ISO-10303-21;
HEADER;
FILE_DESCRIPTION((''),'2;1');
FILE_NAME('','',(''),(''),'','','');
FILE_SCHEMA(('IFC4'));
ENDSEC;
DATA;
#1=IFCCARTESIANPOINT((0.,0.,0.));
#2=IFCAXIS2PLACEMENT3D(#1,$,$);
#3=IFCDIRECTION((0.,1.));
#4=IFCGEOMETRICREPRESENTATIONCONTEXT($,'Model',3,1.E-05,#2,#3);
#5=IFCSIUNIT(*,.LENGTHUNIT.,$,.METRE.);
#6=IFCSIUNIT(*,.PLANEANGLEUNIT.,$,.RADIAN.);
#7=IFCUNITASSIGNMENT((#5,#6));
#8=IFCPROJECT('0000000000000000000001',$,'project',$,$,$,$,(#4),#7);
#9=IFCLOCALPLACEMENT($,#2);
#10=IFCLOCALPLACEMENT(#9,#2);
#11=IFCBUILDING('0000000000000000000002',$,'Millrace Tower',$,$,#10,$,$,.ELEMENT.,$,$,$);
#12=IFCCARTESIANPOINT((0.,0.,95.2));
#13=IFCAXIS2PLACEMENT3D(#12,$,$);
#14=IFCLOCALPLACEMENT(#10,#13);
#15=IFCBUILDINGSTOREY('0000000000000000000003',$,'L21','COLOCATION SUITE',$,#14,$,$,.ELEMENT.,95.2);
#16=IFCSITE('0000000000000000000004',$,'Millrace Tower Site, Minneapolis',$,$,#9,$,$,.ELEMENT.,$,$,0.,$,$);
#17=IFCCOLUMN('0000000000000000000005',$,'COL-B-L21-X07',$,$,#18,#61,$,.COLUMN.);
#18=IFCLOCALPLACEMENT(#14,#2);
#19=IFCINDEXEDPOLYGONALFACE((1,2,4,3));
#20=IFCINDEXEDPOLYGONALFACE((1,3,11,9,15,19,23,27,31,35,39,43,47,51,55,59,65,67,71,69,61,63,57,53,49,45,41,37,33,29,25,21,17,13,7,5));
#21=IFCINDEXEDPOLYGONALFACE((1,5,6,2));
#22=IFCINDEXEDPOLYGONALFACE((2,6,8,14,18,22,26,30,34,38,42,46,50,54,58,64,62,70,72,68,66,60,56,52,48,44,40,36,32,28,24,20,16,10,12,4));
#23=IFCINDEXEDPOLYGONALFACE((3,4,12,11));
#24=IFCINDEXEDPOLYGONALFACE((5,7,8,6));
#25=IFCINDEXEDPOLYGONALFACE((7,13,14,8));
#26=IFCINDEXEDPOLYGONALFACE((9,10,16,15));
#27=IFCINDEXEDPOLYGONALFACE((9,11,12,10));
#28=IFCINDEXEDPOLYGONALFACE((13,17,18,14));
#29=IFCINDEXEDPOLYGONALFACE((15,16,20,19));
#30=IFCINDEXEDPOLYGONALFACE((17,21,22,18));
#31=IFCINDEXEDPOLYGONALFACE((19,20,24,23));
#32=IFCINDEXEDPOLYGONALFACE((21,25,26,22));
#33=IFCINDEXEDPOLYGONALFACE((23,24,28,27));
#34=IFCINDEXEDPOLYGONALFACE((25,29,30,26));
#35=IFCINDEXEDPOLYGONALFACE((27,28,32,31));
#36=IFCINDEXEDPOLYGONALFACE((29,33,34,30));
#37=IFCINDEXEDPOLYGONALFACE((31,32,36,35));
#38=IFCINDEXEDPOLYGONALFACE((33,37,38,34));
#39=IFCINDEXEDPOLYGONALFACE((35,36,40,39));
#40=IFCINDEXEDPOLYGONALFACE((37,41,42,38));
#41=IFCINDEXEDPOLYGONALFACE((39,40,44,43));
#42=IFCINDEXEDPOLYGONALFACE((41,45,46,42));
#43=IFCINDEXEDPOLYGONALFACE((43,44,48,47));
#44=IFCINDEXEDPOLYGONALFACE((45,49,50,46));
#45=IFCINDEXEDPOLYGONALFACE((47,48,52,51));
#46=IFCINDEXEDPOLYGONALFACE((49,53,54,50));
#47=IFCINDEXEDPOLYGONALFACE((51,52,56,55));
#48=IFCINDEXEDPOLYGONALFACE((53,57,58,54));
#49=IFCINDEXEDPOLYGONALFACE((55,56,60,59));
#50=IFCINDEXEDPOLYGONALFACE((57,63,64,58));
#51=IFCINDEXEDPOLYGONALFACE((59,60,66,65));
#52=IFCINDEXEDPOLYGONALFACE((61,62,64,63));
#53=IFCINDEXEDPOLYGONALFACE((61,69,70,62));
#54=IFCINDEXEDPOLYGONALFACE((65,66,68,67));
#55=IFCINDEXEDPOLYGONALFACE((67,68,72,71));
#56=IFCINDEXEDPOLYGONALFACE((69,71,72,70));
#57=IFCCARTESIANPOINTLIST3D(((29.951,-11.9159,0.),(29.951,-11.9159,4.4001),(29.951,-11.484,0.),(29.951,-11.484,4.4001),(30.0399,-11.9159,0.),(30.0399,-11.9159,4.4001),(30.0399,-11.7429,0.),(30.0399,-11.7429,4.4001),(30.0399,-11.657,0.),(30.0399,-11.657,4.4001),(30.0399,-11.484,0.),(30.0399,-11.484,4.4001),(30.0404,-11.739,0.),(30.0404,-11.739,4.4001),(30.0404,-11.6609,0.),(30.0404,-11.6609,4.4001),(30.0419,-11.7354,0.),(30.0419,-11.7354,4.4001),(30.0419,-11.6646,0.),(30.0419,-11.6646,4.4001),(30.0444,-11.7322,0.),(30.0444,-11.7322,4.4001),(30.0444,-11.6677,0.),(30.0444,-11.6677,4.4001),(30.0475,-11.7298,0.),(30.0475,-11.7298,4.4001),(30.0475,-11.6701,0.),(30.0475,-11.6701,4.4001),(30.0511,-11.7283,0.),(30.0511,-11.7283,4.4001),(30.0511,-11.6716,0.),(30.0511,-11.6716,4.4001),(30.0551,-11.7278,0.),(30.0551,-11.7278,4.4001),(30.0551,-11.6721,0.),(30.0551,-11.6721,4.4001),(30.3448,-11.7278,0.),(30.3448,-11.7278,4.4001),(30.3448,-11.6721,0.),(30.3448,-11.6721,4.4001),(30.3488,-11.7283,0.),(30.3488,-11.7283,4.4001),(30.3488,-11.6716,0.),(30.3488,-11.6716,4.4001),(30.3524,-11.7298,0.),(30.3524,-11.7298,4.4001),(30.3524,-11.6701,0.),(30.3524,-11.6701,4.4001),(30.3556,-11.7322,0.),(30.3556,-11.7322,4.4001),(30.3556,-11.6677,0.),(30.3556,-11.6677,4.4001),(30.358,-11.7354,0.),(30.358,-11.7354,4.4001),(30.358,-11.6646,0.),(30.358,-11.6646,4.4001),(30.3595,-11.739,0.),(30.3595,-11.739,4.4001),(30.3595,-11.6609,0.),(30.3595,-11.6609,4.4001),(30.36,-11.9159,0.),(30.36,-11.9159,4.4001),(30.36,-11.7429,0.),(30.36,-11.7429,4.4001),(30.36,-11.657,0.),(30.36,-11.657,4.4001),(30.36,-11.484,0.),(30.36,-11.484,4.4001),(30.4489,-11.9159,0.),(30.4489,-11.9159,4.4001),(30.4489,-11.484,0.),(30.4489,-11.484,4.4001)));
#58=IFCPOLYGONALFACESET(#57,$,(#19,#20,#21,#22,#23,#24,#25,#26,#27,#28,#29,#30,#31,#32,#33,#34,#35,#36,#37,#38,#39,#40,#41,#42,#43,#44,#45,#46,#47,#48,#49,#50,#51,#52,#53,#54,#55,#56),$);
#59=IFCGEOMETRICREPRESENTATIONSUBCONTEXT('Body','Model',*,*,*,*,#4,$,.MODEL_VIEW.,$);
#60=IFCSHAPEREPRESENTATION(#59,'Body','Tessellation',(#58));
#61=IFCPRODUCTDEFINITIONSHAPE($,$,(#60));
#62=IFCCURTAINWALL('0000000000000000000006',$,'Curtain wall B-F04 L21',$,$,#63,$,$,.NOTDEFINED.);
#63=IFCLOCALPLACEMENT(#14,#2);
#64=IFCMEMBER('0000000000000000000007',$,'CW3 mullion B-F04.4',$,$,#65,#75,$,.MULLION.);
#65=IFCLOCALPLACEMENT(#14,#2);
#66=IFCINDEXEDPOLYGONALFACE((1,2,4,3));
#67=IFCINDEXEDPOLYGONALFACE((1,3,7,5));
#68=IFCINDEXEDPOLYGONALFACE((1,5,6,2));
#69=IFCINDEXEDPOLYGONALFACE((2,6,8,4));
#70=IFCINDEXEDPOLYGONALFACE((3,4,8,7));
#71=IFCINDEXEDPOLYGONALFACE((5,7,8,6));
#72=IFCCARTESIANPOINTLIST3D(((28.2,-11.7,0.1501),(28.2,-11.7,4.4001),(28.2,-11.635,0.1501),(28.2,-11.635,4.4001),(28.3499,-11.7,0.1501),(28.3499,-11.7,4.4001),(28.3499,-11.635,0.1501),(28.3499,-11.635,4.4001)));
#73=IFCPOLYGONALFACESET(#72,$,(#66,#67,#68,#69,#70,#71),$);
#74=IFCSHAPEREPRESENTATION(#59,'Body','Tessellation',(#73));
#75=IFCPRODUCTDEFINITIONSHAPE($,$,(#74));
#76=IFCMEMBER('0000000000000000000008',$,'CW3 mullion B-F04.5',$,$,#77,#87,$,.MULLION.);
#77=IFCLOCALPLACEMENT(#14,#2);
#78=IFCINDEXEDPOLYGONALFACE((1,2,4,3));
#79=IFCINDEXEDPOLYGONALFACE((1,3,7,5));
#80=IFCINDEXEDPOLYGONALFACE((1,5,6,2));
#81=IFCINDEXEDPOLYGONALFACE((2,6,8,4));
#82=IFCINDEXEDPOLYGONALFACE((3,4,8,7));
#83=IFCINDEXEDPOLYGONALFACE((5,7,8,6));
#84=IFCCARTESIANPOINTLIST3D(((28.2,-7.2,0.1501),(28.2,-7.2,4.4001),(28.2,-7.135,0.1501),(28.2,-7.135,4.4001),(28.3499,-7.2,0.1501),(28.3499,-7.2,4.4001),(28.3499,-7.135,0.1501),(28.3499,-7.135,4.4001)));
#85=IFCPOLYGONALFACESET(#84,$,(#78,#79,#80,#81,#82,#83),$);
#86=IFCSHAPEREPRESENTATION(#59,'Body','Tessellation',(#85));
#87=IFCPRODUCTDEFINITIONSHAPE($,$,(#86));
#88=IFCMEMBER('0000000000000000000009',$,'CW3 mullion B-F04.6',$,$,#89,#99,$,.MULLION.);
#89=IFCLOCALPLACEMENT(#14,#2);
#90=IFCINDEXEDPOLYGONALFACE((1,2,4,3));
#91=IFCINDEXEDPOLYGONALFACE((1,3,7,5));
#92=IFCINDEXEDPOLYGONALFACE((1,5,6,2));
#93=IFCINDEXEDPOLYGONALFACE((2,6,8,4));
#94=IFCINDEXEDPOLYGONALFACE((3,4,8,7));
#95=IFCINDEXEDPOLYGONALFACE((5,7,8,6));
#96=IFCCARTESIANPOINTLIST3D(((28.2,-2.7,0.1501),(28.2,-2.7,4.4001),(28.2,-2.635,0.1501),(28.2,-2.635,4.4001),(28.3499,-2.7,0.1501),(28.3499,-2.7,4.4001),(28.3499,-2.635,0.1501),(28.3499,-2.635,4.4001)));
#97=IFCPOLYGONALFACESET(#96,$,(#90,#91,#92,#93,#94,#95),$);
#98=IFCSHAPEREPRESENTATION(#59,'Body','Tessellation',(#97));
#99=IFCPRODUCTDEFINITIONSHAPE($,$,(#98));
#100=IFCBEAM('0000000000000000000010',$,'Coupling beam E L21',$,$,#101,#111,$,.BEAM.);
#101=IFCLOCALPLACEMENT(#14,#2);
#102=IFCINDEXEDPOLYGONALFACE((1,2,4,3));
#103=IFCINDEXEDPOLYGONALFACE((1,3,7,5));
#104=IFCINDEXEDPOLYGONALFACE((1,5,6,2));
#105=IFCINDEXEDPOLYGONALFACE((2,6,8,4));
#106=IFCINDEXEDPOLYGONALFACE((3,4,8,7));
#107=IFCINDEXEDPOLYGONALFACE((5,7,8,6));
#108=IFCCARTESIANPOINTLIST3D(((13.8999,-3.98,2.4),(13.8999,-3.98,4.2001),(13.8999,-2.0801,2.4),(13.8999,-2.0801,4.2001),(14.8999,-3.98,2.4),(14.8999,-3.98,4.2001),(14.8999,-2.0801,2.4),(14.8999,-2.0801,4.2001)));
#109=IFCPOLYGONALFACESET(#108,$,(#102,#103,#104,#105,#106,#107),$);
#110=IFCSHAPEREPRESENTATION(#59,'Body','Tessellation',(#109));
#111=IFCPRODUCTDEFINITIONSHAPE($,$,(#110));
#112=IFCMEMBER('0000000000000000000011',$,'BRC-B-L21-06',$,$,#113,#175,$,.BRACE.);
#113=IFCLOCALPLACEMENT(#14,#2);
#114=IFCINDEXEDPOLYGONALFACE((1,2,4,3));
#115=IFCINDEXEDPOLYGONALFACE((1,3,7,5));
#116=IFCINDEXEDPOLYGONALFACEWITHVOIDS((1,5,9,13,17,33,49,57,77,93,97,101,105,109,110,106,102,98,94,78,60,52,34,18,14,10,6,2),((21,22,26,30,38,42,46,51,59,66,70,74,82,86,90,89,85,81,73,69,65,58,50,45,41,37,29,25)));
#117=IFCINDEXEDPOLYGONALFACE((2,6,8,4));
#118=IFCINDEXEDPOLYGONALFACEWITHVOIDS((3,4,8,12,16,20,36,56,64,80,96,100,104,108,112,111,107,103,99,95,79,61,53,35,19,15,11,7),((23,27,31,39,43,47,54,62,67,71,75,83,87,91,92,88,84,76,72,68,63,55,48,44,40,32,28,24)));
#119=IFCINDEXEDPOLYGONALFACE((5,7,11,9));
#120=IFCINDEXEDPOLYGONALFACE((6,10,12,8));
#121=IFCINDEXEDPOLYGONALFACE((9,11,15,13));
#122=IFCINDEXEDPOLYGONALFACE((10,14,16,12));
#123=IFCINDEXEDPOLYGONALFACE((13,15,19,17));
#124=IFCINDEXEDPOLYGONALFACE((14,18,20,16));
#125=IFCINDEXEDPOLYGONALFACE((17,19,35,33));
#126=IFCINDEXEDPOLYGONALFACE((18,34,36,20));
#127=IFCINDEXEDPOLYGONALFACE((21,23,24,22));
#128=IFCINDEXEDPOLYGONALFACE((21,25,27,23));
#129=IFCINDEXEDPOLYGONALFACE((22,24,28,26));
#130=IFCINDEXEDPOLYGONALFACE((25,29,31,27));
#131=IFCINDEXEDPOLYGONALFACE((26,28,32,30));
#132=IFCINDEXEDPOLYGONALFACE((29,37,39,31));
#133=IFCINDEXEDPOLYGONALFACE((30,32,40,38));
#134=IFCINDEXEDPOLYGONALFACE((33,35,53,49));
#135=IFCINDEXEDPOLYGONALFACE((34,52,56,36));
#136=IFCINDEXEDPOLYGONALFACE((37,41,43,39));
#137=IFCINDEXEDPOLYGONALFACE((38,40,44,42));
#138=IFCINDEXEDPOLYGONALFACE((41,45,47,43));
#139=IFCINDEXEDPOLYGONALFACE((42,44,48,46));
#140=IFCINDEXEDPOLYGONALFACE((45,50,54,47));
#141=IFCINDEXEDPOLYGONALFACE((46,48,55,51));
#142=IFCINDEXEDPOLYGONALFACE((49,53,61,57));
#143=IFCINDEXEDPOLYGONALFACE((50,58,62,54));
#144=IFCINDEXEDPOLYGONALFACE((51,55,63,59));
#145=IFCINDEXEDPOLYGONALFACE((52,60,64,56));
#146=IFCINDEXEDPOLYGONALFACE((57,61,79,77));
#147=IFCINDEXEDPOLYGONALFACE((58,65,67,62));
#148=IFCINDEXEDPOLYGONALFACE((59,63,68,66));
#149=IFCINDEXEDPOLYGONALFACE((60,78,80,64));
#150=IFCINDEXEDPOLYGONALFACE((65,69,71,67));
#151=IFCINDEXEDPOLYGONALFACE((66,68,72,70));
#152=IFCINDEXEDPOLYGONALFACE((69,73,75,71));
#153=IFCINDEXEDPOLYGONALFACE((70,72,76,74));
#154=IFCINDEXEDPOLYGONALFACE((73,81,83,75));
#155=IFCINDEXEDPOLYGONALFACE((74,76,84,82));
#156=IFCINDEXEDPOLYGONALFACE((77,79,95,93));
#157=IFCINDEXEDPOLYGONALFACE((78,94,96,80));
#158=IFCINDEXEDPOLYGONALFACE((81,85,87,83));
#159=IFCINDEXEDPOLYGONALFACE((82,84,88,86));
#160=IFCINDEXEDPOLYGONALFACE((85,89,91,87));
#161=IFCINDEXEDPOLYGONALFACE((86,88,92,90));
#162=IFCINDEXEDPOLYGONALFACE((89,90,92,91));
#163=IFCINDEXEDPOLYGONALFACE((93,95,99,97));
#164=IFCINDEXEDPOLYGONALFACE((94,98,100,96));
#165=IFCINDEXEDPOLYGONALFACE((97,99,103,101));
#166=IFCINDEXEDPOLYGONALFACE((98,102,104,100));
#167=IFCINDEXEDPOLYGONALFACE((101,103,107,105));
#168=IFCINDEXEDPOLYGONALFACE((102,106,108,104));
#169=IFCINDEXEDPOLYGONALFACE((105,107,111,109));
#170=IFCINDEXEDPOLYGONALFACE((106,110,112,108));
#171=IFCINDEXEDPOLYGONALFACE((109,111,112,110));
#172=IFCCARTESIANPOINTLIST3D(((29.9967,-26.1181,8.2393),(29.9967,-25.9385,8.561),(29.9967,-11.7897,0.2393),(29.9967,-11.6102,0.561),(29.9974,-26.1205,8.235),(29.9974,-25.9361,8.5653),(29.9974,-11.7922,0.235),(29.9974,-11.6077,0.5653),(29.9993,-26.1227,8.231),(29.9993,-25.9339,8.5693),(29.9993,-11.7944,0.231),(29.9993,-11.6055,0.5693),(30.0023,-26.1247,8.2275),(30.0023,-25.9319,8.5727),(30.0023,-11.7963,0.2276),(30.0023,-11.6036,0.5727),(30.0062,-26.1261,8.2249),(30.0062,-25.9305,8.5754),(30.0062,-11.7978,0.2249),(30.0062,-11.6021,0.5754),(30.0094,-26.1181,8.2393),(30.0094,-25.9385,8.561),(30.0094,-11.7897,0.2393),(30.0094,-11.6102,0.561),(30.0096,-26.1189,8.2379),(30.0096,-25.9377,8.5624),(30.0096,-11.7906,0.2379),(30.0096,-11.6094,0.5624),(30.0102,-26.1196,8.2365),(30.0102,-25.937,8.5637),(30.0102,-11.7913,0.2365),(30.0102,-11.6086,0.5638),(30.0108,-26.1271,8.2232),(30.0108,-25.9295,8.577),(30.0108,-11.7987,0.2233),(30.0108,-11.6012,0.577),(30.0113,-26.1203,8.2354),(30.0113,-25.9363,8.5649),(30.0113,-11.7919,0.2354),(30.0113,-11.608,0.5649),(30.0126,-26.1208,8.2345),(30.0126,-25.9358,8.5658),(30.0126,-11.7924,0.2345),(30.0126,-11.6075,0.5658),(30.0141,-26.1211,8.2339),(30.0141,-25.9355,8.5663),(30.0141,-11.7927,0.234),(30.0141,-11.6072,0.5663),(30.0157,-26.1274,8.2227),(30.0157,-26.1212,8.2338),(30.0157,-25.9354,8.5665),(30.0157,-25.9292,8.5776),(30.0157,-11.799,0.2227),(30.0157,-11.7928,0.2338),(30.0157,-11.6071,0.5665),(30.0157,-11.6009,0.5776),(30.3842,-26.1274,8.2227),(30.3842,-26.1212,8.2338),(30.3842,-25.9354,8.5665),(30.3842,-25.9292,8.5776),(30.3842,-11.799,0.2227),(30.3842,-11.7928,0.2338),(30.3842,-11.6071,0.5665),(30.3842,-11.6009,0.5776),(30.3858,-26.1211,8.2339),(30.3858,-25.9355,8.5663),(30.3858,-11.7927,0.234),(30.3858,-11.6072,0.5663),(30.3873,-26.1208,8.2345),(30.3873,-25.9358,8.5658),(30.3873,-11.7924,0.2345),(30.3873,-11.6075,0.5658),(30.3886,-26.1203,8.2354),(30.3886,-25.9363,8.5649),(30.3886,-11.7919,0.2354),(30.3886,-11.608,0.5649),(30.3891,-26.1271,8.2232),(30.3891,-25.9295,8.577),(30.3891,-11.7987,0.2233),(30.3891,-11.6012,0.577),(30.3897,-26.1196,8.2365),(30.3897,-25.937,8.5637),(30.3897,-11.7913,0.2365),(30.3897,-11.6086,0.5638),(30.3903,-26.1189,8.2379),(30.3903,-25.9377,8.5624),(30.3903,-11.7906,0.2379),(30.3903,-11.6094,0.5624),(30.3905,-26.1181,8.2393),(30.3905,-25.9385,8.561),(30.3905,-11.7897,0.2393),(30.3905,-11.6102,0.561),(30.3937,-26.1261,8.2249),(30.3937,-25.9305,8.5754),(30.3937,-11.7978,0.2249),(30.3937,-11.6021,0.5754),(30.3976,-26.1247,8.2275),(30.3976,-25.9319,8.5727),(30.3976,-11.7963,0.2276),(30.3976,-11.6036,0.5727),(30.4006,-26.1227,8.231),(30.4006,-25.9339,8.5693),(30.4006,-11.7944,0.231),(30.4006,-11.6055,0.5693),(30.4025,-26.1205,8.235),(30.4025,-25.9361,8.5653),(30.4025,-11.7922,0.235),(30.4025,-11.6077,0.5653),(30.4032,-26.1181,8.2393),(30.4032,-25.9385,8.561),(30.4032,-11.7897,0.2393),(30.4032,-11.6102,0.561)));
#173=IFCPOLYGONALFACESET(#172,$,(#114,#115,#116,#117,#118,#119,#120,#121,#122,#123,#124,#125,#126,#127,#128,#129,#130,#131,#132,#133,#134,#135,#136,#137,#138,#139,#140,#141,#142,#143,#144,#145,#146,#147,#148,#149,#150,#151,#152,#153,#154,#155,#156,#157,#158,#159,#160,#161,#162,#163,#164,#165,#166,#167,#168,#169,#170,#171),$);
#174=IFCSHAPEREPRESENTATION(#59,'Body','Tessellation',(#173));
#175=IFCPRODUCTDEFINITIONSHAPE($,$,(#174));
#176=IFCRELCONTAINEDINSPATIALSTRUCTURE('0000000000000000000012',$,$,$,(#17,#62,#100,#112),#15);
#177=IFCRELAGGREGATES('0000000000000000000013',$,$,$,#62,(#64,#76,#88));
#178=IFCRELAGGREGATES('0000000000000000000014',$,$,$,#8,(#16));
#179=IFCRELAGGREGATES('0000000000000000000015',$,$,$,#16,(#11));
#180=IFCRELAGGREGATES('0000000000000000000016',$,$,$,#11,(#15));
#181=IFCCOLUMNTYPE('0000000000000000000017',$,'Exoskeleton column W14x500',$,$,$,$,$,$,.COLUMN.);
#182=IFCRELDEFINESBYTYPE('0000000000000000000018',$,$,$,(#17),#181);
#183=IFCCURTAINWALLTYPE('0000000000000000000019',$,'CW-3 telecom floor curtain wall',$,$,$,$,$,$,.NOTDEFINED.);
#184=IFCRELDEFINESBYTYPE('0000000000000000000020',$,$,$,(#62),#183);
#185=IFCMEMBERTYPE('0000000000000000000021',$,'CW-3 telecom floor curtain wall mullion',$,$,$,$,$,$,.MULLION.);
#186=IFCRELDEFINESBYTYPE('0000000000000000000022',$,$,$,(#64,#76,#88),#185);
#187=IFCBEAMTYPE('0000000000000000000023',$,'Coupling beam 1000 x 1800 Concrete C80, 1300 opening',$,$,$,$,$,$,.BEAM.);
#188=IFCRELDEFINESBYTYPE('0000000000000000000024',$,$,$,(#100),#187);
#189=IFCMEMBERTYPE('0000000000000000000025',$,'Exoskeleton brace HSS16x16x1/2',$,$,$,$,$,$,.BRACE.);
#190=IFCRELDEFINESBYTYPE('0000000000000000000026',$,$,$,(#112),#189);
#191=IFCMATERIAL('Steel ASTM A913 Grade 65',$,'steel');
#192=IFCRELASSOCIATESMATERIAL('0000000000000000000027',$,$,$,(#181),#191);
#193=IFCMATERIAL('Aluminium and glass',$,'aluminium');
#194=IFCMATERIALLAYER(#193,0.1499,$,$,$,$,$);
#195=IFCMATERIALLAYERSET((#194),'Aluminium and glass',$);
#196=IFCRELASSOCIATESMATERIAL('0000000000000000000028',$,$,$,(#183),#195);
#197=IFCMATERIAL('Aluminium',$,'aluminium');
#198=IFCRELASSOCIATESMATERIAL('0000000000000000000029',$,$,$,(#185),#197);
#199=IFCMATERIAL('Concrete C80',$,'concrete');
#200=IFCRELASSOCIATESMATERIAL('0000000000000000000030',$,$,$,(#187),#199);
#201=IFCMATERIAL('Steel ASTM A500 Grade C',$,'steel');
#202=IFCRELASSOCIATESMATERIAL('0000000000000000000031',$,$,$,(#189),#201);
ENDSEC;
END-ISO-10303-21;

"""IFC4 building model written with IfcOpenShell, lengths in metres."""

from ifc_helpers import new_model, si_unit, direction, frame, origin, origin_2d, place, context, subcontext, project, spatial, rectangle, hollow_rectangle, i_section, extrude, material, layer, layer_set, material_profile, profile_set, type_object, element, aggregate, save


model = new_model("IFC4")

# Units and contexts
model_context = context("Model", 3, precision=1e-05, world=origin(), true_north=direction((0.0, 1.0)))
body_context = subcontext(model_context, "Body", "Model", "MODEL_VIEW")
ifc_project = project(units=[si_unit("LENGTHUNIT", "METRE"), si_unit("PLANEANGLEUNIT", "RADIAN")], contexts=[model_context])

# Site, building, storey
site_placement = place(None, origin())
site = spatial("IfcSite", under=ifc_project, at=site_placement, Name="Millrace Tower Site, Minneapolis", CompositionType="ELEMENT", RefElevation=0.0)
building_placement = place(site_placement, origin())
building = spatial("IfcBuilding", under=site, at=building_placement, Name="Millrace Tower", CompositionType="ELEMENT")
storey_placement = place(building_placement, frame((0.0, 0.0, 95.2)))
storey = spatial("IfcBuildingStorey", under=building, at=storey_placement, Name="L21", Description="COLOCATION SUITE", CompositionType="ELEMENT", Elevation=95.2)

# Column
ifc_material_1 = material(Name="Steel ASTM A913 Grade 65", Category="steel")
ifc_material_profile_1 = material_profile(ifc_material_1, i_section(OverallWidth=0.4319, OverallDepth=0.4978, WebThickness=0.0557, FlangeThickness=0.0889, FilletRadius=0.0151, at=origin_2d()))
ifc_profile_set_1 = profile_set([ifc_material_profile_1], Name="Steel ASTM A913 Grade 65")
column_type = type_object("IfcColumnType", Name="Exoskeleton column W14x500", PredefinedType="COLUMN", material=ifc_profile_set_1)
column_placement = place(storey_placement, frame((30.2, -11.7, 0.0), z_axis=(0.0, 0.0, 1.0), x_axis=(0.0, 1.0, 0.0)))
element("IfcColumn", 1, at=column_placement, inside=storey, type_object=column_type, Name="COL-B-L21-X07", PredefinedType="COLUMN", context=body_context, shape_type="SweptSolid", body=[
    extrude(i_section(OverallWidth=0.4319, OverallDepth=0.4978, WebThickness=0.0557, FlangeThickness=0.0889, FilletRadius=0.0151, at=origin_2d()), origin(), (0.0, 0.0, 1.0), 4.4001),
])

# Curtain wall, members
ifc_material_2 = material(Name="Aluminium and glass", Category="aluminium")
ifc_layer_1 = layer(ifc_material_2, 0.1499)
ifc_layer_set_1 = layer_set([ifc_layer_1], Name="Aluminium and glass")
curtain_wall_type = type_object("IfcCurtainWallType", Name="CW-3 telecom floor curtain wall", PredefinedType="NOTDEFINED", material=ifc_layer_set_1)
placement = place(storey_placement, origin())
curtain_wall = element("IfcCurtainWall", 2, at=placement, inside=storey, type_object=curtain_wall_type, Name="Curtain wall B-F04 L21", PredefinedType="NOTDEFINED")
ifc_material_3 = material(Name="Aluminium", Category="aluminium")
ifc_material_profile_2 = material_profile(ifc_material_3, rectangle(XDim=0.0649, YDim=0.1499, at=origin_2d()))
ifc_profile_set_2 = profile_set([ifc_material_profile_2], Name="Aluminium")
member_type_1 = type_object("IfcMemberType", Name="CW-3 telecom floor curtain wall mullion", PredefinedType="MULLION", material=ifc_profile_set_2)
member_1_placement = place(storey_placement, frame((28.2749, -11.6675, 0.1501), z_axis=(0.0, 0.0, 1.0), x_axis=(0.0, 1.0, 0.0)))
member_1 = element("IfcMember", 3, at=member_1_placement, type_object=member_type_1, Name="CW3 mullion B-F04.4", PredefinedType="MULLION", context=body_context, shape_type="SweptSolid", body=[
    extrude(rectangle(XDim=0.0649, YDim=0.1499, at=origin_2d()), origin(), (0.0, 0.0, 1.0), 4.25),
])
member_2_placement = place(storey_placement, frame((28.2749, -7.1675, 0.1501), z_axis=(0.0, 0.0, 1.0), x_axis=(0.0, 1.0, 0.0)))
member_2 = element("IfcMember", 4, at=member_2_placement, type_object=member_type_1, Name="CW3 mullion B-F04.5", PredefinedType="MULLION", context=body_context, shape_type="SweptSolid", body=[
    extrude(rectangle(XDim=0.0649, YDim=0.1499, at=origin_2d()), origin(), (0.0, 0.0, 1.0), 4.25),
])
member_3_placement = place(storey_placement, frame((28.2749, -2.6675, 0.1501), z_axis=(0.0, 0.0, 1.0), x_axis=(0.0, 1.0, 0.0)))
member_3 = element("IfcMember", 5, at=member_3_placement, type_object=member_type_1, Name="CW3 mullion B-F04.6", PredefinedType="MULLION", context=body_context, shape_type="SweptSolid", body=[
    extrude(rectangle(XDim=0.0649, YDim=0.1499, at=origin_2d()), origin(), (0.0, 0.0, 1.0), 4.25),
])
aggregate(curtain_wall, [member_1, member_2, member_3])

# Beam
ifc_material_4 = material(Name="Concrete C80", Category="concrete")
ifc_material_profile_3 = material_profile(ifc_material_4, rectangle(XDim=1.0, YDim=1.8, at=origin_2d()))
ifc_profile_set_3 = profile_set([ifc_material_profile_3], Name="Concrete C80")
beam_type_1 = type_object("IfcBeamType", Name="Coupling beam 1000 x 1800 Concrete C80, 1300 opening", PredefinedType="BEAM", material=ifc_profile_set_3)
beam_1_placement = place(storey_placement, frame((14.3999, -2.0801, 3.3), z_axis=(0.0, -1.0, 0.0), x_axis=(1.0, 0.0, 0.0)))
element("IfcBeam", 6, at=beam_1_placement, inside=storey, type_object=beam_type_1, Name="Coupling beam E L21", PredefinedType="BEAM", context=body_context, shape_type="SweptSolid", body=[
    extrude(rectangle(XDim=1.0, YDim=1.8, at=origin_2d()), origin(), (0.0, 0.0, 1.0), 1.8999),
])

# Member
ifc_material_5 = material(Name="Steel ASTM A500 Grade C", Category="steel")
ifc_material_profile_4 = material_profile(ifc_material_5, hollow_rectangle(XDim=0.4065, YDim=0.4065, WallThickness=0.0127, InnerFilletRadius=0.0063, OuterFilletRadius=0.019, at=origin_2d()))
ifc_profile_set_4 = profile_set([ifc_material_profile_4], Name="Steel ASTM A500 Grade C")
member_type_2 = type_object("IfcMemberType", Name="Exoskeleton brace HSS16x16x1/2", PredefinedType="BRACE", material=ifc_profile_set_4)
member_4_placement = place(storey_placement, frame((30.2, -11.7, 0.4001), z_axis=(0.0, -0.873126, 0.487495), x_axis=(1.0, 0.0, 0.0)))
element("IfcMember", 7, at=member_4_placement, inside=storey, type_object=member_type_2, Name="BRC-B-L21-06", PredefinedType="BRACE", context=body_context, shape_type="SweptSolid", body=[
    extrude(hollow_rectangle(XDim=0.4065, YDim=0.4065, WallThickness=0.0127, InnerFilletRadius=0.0063, OuterFilletRadius=0.019, at=origin_2d()), origin(), (0.0, 0.0, 1.0), 16.4104),
])

save(model, "model.ifc")
